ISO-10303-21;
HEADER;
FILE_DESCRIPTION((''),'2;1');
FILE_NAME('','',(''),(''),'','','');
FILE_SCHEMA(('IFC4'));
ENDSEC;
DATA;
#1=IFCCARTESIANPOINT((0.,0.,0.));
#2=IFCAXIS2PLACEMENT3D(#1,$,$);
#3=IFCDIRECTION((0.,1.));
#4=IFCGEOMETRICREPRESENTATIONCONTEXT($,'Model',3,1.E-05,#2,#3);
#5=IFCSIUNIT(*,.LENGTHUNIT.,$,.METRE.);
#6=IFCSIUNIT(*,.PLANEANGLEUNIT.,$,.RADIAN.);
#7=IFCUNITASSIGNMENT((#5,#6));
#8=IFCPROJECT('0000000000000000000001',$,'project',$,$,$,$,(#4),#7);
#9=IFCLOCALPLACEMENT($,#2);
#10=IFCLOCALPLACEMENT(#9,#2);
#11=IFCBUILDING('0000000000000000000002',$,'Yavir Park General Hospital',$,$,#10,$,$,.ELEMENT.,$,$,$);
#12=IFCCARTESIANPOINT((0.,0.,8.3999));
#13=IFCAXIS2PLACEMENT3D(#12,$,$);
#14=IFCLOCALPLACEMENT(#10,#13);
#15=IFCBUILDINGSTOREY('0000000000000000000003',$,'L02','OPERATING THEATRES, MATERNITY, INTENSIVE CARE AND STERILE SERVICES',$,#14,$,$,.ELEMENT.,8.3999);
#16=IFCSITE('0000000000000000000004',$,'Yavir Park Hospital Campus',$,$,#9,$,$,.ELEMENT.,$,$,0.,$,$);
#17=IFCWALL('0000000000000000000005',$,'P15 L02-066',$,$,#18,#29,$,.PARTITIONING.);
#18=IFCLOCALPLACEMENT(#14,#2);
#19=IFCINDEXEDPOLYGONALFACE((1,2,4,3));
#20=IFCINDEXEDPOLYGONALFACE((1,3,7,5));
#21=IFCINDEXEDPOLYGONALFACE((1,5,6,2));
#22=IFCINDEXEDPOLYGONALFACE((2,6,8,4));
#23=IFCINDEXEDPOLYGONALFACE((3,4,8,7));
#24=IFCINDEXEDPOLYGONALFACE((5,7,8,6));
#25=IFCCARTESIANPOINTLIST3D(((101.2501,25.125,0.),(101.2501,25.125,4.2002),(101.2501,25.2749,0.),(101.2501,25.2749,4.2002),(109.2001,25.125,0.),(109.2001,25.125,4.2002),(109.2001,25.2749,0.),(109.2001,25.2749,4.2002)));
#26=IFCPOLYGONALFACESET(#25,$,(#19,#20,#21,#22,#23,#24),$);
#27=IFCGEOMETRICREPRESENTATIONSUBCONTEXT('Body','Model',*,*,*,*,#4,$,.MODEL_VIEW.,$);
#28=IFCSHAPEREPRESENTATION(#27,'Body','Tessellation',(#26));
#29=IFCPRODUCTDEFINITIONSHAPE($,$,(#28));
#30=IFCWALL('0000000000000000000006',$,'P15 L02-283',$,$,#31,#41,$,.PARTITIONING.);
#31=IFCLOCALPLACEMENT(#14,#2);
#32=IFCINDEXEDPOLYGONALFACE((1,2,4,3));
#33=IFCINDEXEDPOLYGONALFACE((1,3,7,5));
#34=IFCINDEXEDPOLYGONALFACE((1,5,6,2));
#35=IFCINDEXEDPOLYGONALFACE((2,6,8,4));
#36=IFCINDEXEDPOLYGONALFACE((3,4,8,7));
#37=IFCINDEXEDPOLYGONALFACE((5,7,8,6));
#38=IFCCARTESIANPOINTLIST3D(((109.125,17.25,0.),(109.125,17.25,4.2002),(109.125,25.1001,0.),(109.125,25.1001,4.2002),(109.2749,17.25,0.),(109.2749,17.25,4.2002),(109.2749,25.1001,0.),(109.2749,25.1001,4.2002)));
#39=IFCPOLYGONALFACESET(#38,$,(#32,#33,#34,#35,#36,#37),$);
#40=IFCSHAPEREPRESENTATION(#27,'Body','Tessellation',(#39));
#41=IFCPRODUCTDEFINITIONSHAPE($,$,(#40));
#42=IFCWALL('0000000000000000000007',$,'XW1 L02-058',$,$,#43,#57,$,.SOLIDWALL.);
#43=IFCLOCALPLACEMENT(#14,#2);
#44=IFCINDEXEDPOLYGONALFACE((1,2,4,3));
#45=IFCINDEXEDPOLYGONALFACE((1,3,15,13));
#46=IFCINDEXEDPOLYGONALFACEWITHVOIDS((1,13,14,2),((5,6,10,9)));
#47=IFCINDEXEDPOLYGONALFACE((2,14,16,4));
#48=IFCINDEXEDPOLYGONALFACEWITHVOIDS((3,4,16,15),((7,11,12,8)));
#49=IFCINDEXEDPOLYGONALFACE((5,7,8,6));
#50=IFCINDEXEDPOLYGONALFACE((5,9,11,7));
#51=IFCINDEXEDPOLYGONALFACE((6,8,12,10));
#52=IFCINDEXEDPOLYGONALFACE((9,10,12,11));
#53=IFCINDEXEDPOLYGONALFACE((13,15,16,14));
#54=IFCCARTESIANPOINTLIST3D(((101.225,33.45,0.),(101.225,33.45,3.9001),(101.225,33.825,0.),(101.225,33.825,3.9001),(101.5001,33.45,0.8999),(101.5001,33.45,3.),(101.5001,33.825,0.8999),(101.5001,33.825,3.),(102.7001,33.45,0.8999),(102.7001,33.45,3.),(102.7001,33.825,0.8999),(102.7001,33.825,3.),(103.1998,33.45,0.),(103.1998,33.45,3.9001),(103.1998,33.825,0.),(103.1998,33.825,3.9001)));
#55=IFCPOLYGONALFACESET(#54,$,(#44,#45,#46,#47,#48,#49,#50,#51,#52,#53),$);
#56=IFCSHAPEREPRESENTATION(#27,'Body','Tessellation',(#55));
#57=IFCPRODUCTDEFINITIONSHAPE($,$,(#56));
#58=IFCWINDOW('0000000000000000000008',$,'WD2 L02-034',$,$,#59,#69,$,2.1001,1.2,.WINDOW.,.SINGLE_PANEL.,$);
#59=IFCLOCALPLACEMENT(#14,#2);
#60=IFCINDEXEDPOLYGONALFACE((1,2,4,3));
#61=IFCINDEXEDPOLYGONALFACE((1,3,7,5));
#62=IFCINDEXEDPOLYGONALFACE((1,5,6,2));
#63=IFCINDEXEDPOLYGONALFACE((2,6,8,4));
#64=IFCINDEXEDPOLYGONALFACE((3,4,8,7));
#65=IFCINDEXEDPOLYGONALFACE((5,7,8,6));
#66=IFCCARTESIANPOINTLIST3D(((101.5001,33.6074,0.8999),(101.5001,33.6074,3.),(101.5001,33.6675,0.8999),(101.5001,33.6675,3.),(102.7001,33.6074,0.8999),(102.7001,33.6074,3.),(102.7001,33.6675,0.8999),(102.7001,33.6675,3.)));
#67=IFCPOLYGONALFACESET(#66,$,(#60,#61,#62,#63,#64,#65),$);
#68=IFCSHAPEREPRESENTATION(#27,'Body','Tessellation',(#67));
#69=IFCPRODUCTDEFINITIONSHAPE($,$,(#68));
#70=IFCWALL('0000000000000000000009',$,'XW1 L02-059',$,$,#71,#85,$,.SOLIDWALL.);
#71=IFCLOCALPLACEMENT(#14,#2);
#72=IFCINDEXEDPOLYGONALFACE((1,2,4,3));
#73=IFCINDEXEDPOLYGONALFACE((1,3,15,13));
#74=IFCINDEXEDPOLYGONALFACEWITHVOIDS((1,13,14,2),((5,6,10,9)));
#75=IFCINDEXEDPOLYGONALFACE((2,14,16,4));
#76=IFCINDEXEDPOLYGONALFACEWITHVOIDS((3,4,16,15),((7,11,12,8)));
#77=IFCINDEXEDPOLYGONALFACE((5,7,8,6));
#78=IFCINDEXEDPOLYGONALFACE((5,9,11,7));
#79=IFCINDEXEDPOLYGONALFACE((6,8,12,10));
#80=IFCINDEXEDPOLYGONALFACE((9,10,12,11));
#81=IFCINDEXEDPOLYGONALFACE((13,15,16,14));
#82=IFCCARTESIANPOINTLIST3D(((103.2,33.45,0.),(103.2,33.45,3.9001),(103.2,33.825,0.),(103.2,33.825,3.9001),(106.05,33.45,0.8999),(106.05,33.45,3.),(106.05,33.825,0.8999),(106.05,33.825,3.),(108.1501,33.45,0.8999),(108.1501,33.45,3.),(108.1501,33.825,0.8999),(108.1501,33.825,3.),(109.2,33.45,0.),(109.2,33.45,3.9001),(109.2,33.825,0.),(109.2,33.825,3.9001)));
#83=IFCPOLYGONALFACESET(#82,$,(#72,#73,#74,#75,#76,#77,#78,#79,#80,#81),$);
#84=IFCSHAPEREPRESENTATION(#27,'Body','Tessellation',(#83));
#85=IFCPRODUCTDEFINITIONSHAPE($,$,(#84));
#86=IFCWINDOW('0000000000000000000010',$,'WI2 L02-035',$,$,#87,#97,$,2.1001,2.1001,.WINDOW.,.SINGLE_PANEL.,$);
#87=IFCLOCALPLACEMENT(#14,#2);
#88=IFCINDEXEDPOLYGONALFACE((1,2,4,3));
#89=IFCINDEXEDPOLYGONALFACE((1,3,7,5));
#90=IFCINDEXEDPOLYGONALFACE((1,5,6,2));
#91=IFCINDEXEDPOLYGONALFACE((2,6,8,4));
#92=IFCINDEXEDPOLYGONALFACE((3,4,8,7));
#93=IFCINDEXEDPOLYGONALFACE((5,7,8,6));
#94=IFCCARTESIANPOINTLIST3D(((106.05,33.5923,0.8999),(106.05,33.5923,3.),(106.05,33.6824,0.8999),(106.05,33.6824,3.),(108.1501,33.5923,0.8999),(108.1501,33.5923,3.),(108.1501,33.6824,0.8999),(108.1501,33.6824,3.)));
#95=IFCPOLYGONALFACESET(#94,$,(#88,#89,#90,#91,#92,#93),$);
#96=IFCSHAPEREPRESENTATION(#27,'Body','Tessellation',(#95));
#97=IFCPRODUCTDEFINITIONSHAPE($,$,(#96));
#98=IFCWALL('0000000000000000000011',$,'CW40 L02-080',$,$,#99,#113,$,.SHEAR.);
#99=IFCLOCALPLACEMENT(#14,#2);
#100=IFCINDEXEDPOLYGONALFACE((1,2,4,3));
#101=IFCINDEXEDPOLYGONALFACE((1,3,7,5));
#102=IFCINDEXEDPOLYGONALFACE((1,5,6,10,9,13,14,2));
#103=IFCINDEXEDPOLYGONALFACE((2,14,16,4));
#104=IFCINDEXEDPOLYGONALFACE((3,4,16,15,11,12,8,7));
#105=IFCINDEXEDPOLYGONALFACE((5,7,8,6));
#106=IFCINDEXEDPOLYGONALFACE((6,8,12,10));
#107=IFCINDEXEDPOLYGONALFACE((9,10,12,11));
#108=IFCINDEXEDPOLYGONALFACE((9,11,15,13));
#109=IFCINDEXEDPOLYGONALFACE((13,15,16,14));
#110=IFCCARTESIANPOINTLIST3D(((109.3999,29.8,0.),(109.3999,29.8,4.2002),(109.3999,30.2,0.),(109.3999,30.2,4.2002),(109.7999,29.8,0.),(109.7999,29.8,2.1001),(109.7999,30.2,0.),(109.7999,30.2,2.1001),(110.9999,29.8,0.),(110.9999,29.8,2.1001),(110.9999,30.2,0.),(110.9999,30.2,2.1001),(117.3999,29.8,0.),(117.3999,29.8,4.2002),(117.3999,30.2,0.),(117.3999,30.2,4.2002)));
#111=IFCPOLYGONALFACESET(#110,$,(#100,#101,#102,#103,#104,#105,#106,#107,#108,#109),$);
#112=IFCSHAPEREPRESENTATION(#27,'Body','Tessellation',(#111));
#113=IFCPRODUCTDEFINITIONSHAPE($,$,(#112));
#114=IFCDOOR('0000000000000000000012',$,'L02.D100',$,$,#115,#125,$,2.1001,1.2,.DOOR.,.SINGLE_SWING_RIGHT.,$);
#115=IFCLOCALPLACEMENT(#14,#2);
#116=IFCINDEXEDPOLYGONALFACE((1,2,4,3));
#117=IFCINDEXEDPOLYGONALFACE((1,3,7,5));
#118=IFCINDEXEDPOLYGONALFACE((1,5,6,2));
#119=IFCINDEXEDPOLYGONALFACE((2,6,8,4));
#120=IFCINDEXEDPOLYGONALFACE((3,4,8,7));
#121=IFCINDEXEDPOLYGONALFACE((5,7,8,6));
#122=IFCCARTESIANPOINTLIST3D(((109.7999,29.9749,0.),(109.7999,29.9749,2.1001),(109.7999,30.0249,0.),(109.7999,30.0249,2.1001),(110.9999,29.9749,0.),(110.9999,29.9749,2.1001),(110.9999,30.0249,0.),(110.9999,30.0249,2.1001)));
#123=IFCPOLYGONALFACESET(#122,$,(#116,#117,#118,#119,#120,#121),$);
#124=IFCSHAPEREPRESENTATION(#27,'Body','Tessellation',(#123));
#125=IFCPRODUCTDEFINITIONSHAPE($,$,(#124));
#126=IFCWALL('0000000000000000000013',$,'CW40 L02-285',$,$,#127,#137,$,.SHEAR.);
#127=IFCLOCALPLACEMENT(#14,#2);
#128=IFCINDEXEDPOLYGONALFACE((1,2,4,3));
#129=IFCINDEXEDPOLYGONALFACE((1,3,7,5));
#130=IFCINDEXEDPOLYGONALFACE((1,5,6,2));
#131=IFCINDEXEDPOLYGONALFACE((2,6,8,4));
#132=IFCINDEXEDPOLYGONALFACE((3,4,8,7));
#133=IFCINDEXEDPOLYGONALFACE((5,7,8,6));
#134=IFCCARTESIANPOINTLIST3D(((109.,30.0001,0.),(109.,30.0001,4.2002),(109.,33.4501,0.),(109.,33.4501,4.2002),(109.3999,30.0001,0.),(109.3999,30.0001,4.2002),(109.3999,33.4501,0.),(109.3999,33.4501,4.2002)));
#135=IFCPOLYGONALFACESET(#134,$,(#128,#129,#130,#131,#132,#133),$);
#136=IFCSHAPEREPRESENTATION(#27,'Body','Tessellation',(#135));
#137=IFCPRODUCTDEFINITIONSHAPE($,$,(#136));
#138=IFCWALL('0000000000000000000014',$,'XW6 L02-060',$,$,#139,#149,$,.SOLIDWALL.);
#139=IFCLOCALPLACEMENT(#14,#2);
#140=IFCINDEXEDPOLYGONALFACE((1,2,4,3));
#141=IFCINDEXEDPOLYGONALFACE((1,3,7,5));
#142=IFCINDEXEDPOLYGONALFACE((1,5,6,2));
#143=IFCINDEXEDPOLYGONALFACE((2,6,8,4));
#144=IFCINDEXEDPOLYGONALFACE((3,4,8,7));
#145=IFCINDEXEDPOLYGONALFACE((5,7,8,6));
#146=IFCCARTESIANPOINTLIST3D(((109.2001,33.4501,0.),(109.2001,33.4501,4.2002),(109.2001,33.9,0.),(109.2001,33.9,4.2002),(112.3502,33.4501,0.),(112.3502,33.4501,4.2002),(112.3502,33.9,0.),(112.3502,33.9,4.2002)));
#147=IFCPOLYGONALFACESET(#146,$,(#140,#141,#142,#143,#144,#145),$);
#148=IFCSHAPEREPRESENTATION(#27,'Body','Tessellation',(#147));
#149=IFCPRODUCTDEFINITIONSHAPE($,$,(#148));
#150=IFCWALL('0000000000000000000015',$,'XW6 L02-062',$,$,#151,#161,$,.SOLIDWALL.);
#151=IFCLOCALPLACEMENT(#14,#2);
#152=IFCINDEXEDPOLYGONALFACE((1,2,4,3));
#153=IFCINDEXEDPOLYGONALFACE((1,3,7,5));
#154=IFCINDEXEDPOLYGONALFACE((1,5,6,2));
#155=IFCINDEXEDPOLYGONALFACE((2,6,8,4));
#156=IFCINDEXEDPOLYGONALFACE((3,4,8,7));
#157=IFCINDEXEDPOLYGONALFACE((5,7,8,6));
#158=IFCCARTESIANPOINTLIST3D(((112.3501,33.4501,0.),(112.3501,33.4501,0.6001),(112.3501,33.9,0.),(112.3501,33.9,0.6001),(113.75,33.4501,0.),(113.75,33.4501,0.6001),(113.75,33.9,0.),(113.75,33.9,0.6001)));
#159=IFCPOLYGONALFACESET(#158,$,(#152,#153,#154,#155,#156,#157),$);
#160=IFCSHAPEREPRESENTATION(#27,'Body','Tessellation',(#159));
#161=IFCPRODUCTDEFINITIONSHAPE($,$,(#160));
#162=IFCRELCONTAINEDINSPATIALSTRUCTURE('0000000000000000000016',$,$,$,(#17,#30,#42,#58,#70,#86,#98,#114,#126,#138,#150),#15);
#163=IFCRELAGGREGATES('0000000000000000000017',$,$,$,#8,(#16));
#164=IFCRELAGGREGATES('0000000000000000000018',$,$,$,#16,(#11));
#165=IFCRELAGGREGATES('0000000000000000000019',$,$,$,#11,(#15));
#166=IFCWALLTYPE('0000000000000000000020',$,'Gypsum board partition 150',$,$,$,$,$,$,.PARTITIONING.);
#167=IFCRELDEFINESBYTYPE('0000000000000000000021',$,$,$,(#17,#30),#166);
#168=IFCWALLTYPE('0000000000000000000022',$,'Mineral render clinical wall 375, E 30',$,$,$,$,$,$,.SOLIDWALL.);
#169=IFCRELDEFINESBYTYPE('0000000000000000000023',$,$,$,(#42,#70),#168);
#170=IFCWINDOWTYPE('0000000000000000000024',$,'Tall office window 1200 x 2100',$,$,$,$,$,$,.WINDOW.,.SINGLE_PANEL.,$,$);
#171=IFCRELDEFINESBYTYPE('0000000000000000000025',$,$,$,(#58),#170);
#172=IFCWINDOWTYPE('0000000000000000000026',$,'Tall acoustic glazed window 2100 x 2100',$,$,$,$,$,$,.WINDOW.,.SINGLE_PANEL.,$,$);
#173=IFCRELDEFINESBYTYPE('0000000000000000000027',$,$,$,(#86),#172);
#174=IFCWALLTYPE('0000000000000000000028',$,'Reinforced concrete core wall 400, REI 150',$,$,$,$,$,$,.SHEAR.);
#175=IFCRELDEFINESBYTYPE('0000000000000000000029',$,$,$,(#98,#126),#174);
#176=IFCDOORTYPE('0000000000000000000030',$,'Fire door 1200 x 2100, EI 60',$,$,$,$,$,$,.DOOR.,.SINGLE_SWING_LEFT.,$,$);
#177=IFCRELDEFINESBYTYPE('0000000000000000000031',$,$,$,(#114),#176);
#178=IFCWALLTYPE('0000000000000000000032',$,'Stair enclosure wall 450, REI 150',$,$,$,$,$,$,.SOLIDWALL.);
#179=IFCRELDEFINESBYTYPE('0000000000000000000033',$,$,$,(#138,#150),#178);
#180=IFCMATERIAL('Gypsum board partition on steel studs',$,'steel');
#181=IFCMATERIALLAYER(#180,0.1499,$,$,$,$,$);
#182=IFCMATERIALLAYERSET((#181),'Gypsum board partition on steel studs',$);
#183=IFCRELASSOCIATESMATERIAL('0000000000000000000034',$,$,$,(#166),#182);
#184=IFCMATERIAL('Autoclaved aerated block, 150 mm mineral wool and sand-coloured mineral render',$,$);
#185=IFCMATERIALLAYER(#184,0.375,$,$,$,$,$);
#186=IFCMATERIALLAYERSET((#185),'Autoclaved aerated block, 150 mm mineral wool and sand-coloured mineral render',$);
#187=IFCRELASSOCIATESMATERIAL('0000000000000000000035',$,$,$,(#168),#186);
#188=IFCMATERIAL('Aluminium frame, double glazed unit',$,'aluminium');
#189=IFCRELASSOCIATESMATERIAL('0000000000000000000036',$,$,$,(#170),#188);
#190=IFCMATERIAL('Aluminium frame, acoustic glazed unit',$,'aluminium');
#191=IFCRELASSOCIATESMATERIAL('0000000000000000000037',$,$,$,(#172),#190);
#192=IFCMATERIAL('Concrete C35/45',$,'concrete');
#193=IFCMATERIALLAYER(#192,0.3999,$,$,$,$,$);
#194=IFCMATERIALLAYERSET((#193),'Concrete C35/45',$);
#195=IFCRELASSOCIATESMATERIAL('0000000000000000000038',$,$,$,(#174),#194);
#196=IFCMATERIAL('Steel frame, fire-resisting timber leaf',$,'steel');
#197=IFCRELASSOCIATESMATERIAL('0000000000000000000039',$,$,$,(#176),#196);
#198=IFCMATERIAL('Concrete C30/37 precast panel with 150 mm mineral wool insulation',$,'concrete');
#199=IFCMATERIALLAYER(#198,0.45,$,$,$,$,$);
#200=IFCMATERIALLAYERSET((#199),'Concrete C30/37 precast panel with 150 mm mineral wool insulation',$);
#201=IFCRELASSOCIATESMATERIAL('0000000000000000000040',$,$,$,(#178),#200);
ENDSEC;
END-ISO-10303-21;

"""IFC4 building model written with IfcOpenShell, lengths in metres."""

from ifc_helpers import new_model, si_unit, direction, frame, frame_2d, origin, place, context, subcontext, project, spatial, rectangle, extrude, material, layer, layer_set, type_object, element, fill, save


model = new_model("IFC4")

# Units and contexts
model_context = context("Model", 3, precision=1e-05, world=origin(), true_north=direction((0.0, 1.0)))
body_context = subcontext(model_context, "Body", "Model", "MODEL_VIEW")
ifc_project = project(units=[si_unit("LENGTHUNIT", "METRE"), si_unit("PLANEANGLEUNIT", "RADIAN")], contexts=[model_context])

# Site, building, storey
site_placement = place(None, origin())
site = spatial("IfcSite", under=ifc_project, at=site_placement, Name="Yavir Park Hospital Campus", CompositionType="ELEMENT", RefElevation=0.0)
building_placement = place(site_placement, origin())
building = spatial("IfcBuilding", under=site, at=building_placement, Name="Yavir Park General Hospital", CompositionType="ELEMENT")
storey_placement = place(building_placement, frame((0.0, 0.0, 8.3999)))
storey = spatial("IfcBuildingStorey", under=building, at=storey_placement, Name="L02", Description="OPERATING THEATRES, MATERNITY, INTENSIVE CARE AND STERILE SERVICES", CompositionType="ELEMENT", Elevation=8.3999)

# Shared definitions
ifc_material_1 = material(Name="Gypsum board partition on steel studs", Category="steel")
ifc_layer_1 = layer(ifc_material_1, 0.1499)
ifc_layer_set_1 = layer_set([ifc_layer_1], Name="Gypsum board partition on steel studs")
wall_type_1 = type_object("IfcWallType", Name="Gypsum board partition 150", PredefinedType="PARTITIONING", material=ifc_layer_set_1)

# Wall
wall_1_placement = place(storey_placement, frame((101.25, 25.2, 0.0), z_axis=(0.0, 0.0, 1.0), x_axis=(1.0, 0.0, 0.0)))
element("IfcWall", 1, at=wall_1_placement, inside=storey, type_object=wall_type_1, Name="P15 L02-066", PredefinedType="PARTITIONING", context=body_context, shape_type="SweptSolid", body=[
    extrude(rectangle(XDim=7.95, YDim=0.1499, at=frame_2d((3.9751, 0.0))), origin(), (0.0, 0.0, 1.0), 4.2002),
])

# Wall
wall_2_placement = place(storey_placement, frame((109.2, 17.25, 0.0), z_axis=(0.0, 0.0, 1.0), x_axis=(0.0, 1.0, 0.0)))
element("IfcWall", 2, at=wall_2_placement, inside=storey, type_object=wall_type_1, Name="P15 L02-283", PredefinedType="PARTITIONING", context=body_context, shape_type="SweptSolid", body=[
    extrude(rectangle(XDim=7.8501, YDim=0.1499, at=frame_2d((3.925, 0.0))), origin(), (0.0, 0.0, 1.0), 4.2002),
])

# Walls, openings, windows
ifc_material_2 = material(Name="Autoclaved aerated block, 150 mm mineral wool and sand-coloured mineral render")
ifc_layer_2 = layer(ifc_material_2, 0.375)
ifc_layer_set_2 = layer_set([ifc_layer_2], Name="Autoclaved aerated block, 150 mm mineral wool and sand-coloured mineral render")
wall_type_2 = type_object("IfcWallType", Name="Mineral render clinical wall 375, E 30", PredefinedType="SOLIDWALL", material=ifc_layer_set_2)
wall_3_placement = place(storey_placement, frame((101.2251, 33.6375, 0.0), z_axis=(0.0, 0.0, 1.0), x_axis=(1.0, 0.0, 0.0)))
wall_3 = element("IfcWall", 3, at=wall_3_placement, inside=storey, type_object=wall_type_2, Name="XW1 L02-058", PredefinedType="SOLIDWALL", context=body_context, shape_type="SweptSolid", body=[
    extrude(rectangle(XDim=1.9749, YDim=0.375, at=frame_2d((0.9873, 0.0))), origin(), (0.0, 0.0, 1.0), 3.9001),
])
opening_1_placement = place(wall_3_placement, frame((0.2749, 0.0, 0.8999)))
opening_1 = element("IfcOpeningElement", 4, at=opening_1_placement, cuts=wall_3, PredefinedType="OPENING", context=body_context, shape_type="SweptSolid", body=[
    extrude(rectangle(XDim=1.2, YDim=2.1001, at=frame_2d((0.6001, 1.05))), frame((0.0, 0.1975, 0.0), z_axis=(0.0, -1.0, 0.0), x_axis=(1.0, 0.0, 0.0)), (0.0, 0.0, 1.0), 0.395),
])
ifc_material_3 = material(Name="Aluminium frame, double glazed unit", Category="aluminium")
window_type_1 = type_object("IfcWindowType", Name="Tall office window 1200 x 2100", PartitioningType="SINGLE_PANEL", PredefinedType="WINDOW", material=ifc_material_3)
window_1_placement = place(opening_1_placement, origin())
window_1 = element("IfcWindow", 5, at=window_1_placement, inside=storey, type_object=window_type_1, Name="WD2 L02-034", OverallHeight=2.1001, OverallWidth=1.2, PartitioningType="SINGLE_PANEL", PredefinedType="WINDOW", context=body_context, shape_type="SweptSolid", body=[
    extrude(rectangle(XDim=1.2, YDim=2.1001, at=frame_2d((0.6001, 1.05))), frame((0.0, 0.03, 0.0), z_axis=(0.0, -1.0, 0.0), x_axis=(1.0, 0.0, 0.0)), (0.0, 0.0, 1.0), 0.0601),
])
fill(opening_1, window_1)
wall_4_placement = place(storey_placement, frame((103.2, 33.6375, 0.0), z_axis=(0.0, 0.0, 1.0), x_axis=(1.0, 0.0, 0.0)))
wall_4 = element("IfcWall", 6, at=wall_4_placement, inside=storey, type_object=wall_type_2, Name="XW1 L02-059", PredefinedType="SOLIDWALL", context=body_context, shape_type="SweptSolid", body=[
    extrude(rectangle(XDim=6.0, YDim=0.375, at=frame_2d((3.0, 0.0))), origin(), (0.0, 0.0, 1.0), 3.9001),
])
opening_2_placement = place(wall_4_placement, frame((2.8501, 0.0, 0.8999)))
opening_2 = element("IfcOpeningElement", 7, at=opening_2_placement, cuts=wall_4, PredefinedType="OPENING", context=body_context, shape_type="SweptSolid", body=[
    extrude(rectangle(XDim=2.1001, YDim=2.1001, at=frame_2d((1.05, 1.05))), frame((0.0, 0.1975, 0.0), z_axis=(0.0, -1.0, 0.0), x_axis=(1.0, 0.0, 0.0)), (0.0, 0.0, 1.0), 0.395),
])
ifc_material_4 = material(Name="Aluminium frame, acoustic glazed unit", Category="aluminium")
window_type_2 = type_object("IfcWindowType", Name="Tall acoustic glazed window 2100 x 2100", PartitioningType="SINGLE_PANEL", PredefinedType="WINDOW", material=ifc_material_4)
window_2_placement = place(opening_2_placement, origin())
window_2 = element("IfcWindow", 8, at=window_2_placement, inside=storey, type_object=window_type_2, Name="WI2 L02-035", OverallHeight=2.1001, OverallWidth=2.1001, PartitioningType="SINGLE_PANEL", PredefinedType="WINDOW", context=body_context, shape_type="SweptSolid", body=[
    extrude(rectangle(XDim=2.1001, YDim=2.1001, at=frame_2d((1.05, 1.05))), frame((0.0, 0.0449, 0.0), z_axis=(0.0, -1.0, 0.0), x_axis=(1.0, 0.0, 0.0)), (0.0, 0.0, 1.0), 0.0901),
])
fill(opening_2, window_2)

# Wall, opening, door
ifc_material_5 = material(Name="Concrete C35/45", Category="concrete")
ifc_layer_3 = layer(ifc_material_5, 0.3999)
ifc_layer_set_3 = layer_set([ifc_layer_3], Name="Concrete C35/45")
wall_type_3 = type_object("IfcWallType", Name="Reinforced concrete core wall 400, REI 150", PredefinedType="SHEAR", material=ifc_layer_set_3)
wall_5_placement = place(storey_placement, frame((109.3999, 30.0, 0.0), z_axis=(0.0, 0.0, 1.0), x_axis=(1.0, 0.0, 0.0)))
wall_5 = element("IfcWall", 9, at=wall_5_placement, inside=storey, type_object=wall_type_3, Name="CW40 L02-080", PredefinedType="SHEAR", context=body_context, shape_type="SweptSolid", body=[
    extrude(rectangle(XDim=8.0, YDim=0.3999, at=frame_2d((4.0, 0.0))), origin(), (0.0, 0.0, 1.0), 4.2002),
])
opening_3_placement = place(wall_5_placement, frame((0.3999, 0.0, 0.0)))
opening_3 = element("IfcOpeningElement", 10, at=opening_3_placement, cuts=wall_5, PredefinedType="OPENING", context=body_context, shape_type="SweptSolid", body=[
    extrude(rectangle(XDim=1.2, YDim=2.1001, at=frame_2d((0.6001, 1.05))), frame((0.0, 0.21, 0.0), z_axis=(0.0, -1.0, 0.0), x_axis=(1.0, 0.0, 0.0)), (0.0, 0.0, 1.0), 0.4199),
])
ifc_material_6 = material(Name="Steel frame, fire-resisting timber leaf", Category="steel")
door_type_1 = type_object("IfcDoorType", Name="Fire door 1200 x 2100, EI 60", OperationType="SINGLE_SWING_LEFT", PredefinedType="DOOR", material=ifc_material_6)
door_1_placement = place(opening_3_placement, origin())
door_1 = element("IfcDoor", 11, at=door_1_placement, inside=storey, type_object=door_type_1, Name="L02.D100", OperationType="SINGLE_SWING_RIGHT", OverallHeight=2.1001, OverallWidth=1.2, PredefinedType="DOOR", context=body_context, shape_type="SweptSolid", body=[
    extrude(rectangle(XDim=1.2, YDim=2.1001, at=frame_2d((0.6001, 1.05))), frame((0.0, 0.0249, 0.0), z_axis=(0.0, -1.0, 0.0), x_axis=(1.0, 0.0, 0.0)), (0.0, 0.0, 1.0), 0.05),
])
fill(opening_3, door_1)

# Walls
wall_6_placement = place(storey_placement, frame((109.2, 30.0, 0.0), z_axis=(0.0, 0.0, 1.0), x_axis=(0.0, 1.0, 0.0)))
element("IfcWall", 12, at=wall_6_placement, inside=storey, type_object=wall_type_3, Name="CW40 L02-285", PredefinedType="SHEAR", context=body_context, shape_type="SweptSolid", body=[
    extrude(rectangle(XDim=3.45, YDim=0.3999, at=frame_2d((1.7251, 0.0))), origin(), (0.0, 0.0, 1.0), 4.2002),
])
ifc_material_7 = material(Name="Concrete C30/37 precast panel with 150 mm mineral wool insulation", Category="concrete")
ifc_layer_4 = layer(ifc_material_7, 0.45)
ifc_layer_set_4 = layer_set([ifc_layer_4], Name="Concrete C30/37 precast panel with 150 mm mineral wool insulation")
wall_type_4 = type_object("IfcWallType", Name="Stair enclosure wall 450, REI 150", PredefinedType="SOLIDWALL", material=ifc_layer_set_4)
wall_7_placement = place(storey_placement, frame((109.2, 33.675, 0.0), z_axis=(0.0, 0.0, 1.0), x_axis=(1.0, 0.0, 0.0)))
element("IfcWall", 13, at=wall_7_placement, inside=storey, type_object=wall_type_4, Name="XW6 L02-060", PredefinedType="SOLIDWALL", context=body_context, shape_type="SweptSolid", body=[
    extrude(rectangle(XDim=3.1501, YDim=0.45, at=frame_2d((1.5752, 0.0))), origin(), (0.0, 0.0, 1.0), 4.2002),
])
wall_8_placement = place(storey_placement, frame((112.3501, 33.675, 0.0), z_axis=(0.0, 0.0, 1.0), x_axis=(1.0, 0.0, 0.0)))
element("IfcWall", 14, at=wall_8_placement, inside=storey, type_object=wall_type_4, Name="XW6 L02-062", PredefinedType="SOLIDWALL", context=body_context, shape_type="SweptSolid", body=[
    extrude(rectangle(XDim=1.3999, YDim=0.45, at=frame_2d((0.7, 0.0))), origin(), (0.0, 0.0, 1.0), 0.6001),
])

save(model, "model.ifc")
